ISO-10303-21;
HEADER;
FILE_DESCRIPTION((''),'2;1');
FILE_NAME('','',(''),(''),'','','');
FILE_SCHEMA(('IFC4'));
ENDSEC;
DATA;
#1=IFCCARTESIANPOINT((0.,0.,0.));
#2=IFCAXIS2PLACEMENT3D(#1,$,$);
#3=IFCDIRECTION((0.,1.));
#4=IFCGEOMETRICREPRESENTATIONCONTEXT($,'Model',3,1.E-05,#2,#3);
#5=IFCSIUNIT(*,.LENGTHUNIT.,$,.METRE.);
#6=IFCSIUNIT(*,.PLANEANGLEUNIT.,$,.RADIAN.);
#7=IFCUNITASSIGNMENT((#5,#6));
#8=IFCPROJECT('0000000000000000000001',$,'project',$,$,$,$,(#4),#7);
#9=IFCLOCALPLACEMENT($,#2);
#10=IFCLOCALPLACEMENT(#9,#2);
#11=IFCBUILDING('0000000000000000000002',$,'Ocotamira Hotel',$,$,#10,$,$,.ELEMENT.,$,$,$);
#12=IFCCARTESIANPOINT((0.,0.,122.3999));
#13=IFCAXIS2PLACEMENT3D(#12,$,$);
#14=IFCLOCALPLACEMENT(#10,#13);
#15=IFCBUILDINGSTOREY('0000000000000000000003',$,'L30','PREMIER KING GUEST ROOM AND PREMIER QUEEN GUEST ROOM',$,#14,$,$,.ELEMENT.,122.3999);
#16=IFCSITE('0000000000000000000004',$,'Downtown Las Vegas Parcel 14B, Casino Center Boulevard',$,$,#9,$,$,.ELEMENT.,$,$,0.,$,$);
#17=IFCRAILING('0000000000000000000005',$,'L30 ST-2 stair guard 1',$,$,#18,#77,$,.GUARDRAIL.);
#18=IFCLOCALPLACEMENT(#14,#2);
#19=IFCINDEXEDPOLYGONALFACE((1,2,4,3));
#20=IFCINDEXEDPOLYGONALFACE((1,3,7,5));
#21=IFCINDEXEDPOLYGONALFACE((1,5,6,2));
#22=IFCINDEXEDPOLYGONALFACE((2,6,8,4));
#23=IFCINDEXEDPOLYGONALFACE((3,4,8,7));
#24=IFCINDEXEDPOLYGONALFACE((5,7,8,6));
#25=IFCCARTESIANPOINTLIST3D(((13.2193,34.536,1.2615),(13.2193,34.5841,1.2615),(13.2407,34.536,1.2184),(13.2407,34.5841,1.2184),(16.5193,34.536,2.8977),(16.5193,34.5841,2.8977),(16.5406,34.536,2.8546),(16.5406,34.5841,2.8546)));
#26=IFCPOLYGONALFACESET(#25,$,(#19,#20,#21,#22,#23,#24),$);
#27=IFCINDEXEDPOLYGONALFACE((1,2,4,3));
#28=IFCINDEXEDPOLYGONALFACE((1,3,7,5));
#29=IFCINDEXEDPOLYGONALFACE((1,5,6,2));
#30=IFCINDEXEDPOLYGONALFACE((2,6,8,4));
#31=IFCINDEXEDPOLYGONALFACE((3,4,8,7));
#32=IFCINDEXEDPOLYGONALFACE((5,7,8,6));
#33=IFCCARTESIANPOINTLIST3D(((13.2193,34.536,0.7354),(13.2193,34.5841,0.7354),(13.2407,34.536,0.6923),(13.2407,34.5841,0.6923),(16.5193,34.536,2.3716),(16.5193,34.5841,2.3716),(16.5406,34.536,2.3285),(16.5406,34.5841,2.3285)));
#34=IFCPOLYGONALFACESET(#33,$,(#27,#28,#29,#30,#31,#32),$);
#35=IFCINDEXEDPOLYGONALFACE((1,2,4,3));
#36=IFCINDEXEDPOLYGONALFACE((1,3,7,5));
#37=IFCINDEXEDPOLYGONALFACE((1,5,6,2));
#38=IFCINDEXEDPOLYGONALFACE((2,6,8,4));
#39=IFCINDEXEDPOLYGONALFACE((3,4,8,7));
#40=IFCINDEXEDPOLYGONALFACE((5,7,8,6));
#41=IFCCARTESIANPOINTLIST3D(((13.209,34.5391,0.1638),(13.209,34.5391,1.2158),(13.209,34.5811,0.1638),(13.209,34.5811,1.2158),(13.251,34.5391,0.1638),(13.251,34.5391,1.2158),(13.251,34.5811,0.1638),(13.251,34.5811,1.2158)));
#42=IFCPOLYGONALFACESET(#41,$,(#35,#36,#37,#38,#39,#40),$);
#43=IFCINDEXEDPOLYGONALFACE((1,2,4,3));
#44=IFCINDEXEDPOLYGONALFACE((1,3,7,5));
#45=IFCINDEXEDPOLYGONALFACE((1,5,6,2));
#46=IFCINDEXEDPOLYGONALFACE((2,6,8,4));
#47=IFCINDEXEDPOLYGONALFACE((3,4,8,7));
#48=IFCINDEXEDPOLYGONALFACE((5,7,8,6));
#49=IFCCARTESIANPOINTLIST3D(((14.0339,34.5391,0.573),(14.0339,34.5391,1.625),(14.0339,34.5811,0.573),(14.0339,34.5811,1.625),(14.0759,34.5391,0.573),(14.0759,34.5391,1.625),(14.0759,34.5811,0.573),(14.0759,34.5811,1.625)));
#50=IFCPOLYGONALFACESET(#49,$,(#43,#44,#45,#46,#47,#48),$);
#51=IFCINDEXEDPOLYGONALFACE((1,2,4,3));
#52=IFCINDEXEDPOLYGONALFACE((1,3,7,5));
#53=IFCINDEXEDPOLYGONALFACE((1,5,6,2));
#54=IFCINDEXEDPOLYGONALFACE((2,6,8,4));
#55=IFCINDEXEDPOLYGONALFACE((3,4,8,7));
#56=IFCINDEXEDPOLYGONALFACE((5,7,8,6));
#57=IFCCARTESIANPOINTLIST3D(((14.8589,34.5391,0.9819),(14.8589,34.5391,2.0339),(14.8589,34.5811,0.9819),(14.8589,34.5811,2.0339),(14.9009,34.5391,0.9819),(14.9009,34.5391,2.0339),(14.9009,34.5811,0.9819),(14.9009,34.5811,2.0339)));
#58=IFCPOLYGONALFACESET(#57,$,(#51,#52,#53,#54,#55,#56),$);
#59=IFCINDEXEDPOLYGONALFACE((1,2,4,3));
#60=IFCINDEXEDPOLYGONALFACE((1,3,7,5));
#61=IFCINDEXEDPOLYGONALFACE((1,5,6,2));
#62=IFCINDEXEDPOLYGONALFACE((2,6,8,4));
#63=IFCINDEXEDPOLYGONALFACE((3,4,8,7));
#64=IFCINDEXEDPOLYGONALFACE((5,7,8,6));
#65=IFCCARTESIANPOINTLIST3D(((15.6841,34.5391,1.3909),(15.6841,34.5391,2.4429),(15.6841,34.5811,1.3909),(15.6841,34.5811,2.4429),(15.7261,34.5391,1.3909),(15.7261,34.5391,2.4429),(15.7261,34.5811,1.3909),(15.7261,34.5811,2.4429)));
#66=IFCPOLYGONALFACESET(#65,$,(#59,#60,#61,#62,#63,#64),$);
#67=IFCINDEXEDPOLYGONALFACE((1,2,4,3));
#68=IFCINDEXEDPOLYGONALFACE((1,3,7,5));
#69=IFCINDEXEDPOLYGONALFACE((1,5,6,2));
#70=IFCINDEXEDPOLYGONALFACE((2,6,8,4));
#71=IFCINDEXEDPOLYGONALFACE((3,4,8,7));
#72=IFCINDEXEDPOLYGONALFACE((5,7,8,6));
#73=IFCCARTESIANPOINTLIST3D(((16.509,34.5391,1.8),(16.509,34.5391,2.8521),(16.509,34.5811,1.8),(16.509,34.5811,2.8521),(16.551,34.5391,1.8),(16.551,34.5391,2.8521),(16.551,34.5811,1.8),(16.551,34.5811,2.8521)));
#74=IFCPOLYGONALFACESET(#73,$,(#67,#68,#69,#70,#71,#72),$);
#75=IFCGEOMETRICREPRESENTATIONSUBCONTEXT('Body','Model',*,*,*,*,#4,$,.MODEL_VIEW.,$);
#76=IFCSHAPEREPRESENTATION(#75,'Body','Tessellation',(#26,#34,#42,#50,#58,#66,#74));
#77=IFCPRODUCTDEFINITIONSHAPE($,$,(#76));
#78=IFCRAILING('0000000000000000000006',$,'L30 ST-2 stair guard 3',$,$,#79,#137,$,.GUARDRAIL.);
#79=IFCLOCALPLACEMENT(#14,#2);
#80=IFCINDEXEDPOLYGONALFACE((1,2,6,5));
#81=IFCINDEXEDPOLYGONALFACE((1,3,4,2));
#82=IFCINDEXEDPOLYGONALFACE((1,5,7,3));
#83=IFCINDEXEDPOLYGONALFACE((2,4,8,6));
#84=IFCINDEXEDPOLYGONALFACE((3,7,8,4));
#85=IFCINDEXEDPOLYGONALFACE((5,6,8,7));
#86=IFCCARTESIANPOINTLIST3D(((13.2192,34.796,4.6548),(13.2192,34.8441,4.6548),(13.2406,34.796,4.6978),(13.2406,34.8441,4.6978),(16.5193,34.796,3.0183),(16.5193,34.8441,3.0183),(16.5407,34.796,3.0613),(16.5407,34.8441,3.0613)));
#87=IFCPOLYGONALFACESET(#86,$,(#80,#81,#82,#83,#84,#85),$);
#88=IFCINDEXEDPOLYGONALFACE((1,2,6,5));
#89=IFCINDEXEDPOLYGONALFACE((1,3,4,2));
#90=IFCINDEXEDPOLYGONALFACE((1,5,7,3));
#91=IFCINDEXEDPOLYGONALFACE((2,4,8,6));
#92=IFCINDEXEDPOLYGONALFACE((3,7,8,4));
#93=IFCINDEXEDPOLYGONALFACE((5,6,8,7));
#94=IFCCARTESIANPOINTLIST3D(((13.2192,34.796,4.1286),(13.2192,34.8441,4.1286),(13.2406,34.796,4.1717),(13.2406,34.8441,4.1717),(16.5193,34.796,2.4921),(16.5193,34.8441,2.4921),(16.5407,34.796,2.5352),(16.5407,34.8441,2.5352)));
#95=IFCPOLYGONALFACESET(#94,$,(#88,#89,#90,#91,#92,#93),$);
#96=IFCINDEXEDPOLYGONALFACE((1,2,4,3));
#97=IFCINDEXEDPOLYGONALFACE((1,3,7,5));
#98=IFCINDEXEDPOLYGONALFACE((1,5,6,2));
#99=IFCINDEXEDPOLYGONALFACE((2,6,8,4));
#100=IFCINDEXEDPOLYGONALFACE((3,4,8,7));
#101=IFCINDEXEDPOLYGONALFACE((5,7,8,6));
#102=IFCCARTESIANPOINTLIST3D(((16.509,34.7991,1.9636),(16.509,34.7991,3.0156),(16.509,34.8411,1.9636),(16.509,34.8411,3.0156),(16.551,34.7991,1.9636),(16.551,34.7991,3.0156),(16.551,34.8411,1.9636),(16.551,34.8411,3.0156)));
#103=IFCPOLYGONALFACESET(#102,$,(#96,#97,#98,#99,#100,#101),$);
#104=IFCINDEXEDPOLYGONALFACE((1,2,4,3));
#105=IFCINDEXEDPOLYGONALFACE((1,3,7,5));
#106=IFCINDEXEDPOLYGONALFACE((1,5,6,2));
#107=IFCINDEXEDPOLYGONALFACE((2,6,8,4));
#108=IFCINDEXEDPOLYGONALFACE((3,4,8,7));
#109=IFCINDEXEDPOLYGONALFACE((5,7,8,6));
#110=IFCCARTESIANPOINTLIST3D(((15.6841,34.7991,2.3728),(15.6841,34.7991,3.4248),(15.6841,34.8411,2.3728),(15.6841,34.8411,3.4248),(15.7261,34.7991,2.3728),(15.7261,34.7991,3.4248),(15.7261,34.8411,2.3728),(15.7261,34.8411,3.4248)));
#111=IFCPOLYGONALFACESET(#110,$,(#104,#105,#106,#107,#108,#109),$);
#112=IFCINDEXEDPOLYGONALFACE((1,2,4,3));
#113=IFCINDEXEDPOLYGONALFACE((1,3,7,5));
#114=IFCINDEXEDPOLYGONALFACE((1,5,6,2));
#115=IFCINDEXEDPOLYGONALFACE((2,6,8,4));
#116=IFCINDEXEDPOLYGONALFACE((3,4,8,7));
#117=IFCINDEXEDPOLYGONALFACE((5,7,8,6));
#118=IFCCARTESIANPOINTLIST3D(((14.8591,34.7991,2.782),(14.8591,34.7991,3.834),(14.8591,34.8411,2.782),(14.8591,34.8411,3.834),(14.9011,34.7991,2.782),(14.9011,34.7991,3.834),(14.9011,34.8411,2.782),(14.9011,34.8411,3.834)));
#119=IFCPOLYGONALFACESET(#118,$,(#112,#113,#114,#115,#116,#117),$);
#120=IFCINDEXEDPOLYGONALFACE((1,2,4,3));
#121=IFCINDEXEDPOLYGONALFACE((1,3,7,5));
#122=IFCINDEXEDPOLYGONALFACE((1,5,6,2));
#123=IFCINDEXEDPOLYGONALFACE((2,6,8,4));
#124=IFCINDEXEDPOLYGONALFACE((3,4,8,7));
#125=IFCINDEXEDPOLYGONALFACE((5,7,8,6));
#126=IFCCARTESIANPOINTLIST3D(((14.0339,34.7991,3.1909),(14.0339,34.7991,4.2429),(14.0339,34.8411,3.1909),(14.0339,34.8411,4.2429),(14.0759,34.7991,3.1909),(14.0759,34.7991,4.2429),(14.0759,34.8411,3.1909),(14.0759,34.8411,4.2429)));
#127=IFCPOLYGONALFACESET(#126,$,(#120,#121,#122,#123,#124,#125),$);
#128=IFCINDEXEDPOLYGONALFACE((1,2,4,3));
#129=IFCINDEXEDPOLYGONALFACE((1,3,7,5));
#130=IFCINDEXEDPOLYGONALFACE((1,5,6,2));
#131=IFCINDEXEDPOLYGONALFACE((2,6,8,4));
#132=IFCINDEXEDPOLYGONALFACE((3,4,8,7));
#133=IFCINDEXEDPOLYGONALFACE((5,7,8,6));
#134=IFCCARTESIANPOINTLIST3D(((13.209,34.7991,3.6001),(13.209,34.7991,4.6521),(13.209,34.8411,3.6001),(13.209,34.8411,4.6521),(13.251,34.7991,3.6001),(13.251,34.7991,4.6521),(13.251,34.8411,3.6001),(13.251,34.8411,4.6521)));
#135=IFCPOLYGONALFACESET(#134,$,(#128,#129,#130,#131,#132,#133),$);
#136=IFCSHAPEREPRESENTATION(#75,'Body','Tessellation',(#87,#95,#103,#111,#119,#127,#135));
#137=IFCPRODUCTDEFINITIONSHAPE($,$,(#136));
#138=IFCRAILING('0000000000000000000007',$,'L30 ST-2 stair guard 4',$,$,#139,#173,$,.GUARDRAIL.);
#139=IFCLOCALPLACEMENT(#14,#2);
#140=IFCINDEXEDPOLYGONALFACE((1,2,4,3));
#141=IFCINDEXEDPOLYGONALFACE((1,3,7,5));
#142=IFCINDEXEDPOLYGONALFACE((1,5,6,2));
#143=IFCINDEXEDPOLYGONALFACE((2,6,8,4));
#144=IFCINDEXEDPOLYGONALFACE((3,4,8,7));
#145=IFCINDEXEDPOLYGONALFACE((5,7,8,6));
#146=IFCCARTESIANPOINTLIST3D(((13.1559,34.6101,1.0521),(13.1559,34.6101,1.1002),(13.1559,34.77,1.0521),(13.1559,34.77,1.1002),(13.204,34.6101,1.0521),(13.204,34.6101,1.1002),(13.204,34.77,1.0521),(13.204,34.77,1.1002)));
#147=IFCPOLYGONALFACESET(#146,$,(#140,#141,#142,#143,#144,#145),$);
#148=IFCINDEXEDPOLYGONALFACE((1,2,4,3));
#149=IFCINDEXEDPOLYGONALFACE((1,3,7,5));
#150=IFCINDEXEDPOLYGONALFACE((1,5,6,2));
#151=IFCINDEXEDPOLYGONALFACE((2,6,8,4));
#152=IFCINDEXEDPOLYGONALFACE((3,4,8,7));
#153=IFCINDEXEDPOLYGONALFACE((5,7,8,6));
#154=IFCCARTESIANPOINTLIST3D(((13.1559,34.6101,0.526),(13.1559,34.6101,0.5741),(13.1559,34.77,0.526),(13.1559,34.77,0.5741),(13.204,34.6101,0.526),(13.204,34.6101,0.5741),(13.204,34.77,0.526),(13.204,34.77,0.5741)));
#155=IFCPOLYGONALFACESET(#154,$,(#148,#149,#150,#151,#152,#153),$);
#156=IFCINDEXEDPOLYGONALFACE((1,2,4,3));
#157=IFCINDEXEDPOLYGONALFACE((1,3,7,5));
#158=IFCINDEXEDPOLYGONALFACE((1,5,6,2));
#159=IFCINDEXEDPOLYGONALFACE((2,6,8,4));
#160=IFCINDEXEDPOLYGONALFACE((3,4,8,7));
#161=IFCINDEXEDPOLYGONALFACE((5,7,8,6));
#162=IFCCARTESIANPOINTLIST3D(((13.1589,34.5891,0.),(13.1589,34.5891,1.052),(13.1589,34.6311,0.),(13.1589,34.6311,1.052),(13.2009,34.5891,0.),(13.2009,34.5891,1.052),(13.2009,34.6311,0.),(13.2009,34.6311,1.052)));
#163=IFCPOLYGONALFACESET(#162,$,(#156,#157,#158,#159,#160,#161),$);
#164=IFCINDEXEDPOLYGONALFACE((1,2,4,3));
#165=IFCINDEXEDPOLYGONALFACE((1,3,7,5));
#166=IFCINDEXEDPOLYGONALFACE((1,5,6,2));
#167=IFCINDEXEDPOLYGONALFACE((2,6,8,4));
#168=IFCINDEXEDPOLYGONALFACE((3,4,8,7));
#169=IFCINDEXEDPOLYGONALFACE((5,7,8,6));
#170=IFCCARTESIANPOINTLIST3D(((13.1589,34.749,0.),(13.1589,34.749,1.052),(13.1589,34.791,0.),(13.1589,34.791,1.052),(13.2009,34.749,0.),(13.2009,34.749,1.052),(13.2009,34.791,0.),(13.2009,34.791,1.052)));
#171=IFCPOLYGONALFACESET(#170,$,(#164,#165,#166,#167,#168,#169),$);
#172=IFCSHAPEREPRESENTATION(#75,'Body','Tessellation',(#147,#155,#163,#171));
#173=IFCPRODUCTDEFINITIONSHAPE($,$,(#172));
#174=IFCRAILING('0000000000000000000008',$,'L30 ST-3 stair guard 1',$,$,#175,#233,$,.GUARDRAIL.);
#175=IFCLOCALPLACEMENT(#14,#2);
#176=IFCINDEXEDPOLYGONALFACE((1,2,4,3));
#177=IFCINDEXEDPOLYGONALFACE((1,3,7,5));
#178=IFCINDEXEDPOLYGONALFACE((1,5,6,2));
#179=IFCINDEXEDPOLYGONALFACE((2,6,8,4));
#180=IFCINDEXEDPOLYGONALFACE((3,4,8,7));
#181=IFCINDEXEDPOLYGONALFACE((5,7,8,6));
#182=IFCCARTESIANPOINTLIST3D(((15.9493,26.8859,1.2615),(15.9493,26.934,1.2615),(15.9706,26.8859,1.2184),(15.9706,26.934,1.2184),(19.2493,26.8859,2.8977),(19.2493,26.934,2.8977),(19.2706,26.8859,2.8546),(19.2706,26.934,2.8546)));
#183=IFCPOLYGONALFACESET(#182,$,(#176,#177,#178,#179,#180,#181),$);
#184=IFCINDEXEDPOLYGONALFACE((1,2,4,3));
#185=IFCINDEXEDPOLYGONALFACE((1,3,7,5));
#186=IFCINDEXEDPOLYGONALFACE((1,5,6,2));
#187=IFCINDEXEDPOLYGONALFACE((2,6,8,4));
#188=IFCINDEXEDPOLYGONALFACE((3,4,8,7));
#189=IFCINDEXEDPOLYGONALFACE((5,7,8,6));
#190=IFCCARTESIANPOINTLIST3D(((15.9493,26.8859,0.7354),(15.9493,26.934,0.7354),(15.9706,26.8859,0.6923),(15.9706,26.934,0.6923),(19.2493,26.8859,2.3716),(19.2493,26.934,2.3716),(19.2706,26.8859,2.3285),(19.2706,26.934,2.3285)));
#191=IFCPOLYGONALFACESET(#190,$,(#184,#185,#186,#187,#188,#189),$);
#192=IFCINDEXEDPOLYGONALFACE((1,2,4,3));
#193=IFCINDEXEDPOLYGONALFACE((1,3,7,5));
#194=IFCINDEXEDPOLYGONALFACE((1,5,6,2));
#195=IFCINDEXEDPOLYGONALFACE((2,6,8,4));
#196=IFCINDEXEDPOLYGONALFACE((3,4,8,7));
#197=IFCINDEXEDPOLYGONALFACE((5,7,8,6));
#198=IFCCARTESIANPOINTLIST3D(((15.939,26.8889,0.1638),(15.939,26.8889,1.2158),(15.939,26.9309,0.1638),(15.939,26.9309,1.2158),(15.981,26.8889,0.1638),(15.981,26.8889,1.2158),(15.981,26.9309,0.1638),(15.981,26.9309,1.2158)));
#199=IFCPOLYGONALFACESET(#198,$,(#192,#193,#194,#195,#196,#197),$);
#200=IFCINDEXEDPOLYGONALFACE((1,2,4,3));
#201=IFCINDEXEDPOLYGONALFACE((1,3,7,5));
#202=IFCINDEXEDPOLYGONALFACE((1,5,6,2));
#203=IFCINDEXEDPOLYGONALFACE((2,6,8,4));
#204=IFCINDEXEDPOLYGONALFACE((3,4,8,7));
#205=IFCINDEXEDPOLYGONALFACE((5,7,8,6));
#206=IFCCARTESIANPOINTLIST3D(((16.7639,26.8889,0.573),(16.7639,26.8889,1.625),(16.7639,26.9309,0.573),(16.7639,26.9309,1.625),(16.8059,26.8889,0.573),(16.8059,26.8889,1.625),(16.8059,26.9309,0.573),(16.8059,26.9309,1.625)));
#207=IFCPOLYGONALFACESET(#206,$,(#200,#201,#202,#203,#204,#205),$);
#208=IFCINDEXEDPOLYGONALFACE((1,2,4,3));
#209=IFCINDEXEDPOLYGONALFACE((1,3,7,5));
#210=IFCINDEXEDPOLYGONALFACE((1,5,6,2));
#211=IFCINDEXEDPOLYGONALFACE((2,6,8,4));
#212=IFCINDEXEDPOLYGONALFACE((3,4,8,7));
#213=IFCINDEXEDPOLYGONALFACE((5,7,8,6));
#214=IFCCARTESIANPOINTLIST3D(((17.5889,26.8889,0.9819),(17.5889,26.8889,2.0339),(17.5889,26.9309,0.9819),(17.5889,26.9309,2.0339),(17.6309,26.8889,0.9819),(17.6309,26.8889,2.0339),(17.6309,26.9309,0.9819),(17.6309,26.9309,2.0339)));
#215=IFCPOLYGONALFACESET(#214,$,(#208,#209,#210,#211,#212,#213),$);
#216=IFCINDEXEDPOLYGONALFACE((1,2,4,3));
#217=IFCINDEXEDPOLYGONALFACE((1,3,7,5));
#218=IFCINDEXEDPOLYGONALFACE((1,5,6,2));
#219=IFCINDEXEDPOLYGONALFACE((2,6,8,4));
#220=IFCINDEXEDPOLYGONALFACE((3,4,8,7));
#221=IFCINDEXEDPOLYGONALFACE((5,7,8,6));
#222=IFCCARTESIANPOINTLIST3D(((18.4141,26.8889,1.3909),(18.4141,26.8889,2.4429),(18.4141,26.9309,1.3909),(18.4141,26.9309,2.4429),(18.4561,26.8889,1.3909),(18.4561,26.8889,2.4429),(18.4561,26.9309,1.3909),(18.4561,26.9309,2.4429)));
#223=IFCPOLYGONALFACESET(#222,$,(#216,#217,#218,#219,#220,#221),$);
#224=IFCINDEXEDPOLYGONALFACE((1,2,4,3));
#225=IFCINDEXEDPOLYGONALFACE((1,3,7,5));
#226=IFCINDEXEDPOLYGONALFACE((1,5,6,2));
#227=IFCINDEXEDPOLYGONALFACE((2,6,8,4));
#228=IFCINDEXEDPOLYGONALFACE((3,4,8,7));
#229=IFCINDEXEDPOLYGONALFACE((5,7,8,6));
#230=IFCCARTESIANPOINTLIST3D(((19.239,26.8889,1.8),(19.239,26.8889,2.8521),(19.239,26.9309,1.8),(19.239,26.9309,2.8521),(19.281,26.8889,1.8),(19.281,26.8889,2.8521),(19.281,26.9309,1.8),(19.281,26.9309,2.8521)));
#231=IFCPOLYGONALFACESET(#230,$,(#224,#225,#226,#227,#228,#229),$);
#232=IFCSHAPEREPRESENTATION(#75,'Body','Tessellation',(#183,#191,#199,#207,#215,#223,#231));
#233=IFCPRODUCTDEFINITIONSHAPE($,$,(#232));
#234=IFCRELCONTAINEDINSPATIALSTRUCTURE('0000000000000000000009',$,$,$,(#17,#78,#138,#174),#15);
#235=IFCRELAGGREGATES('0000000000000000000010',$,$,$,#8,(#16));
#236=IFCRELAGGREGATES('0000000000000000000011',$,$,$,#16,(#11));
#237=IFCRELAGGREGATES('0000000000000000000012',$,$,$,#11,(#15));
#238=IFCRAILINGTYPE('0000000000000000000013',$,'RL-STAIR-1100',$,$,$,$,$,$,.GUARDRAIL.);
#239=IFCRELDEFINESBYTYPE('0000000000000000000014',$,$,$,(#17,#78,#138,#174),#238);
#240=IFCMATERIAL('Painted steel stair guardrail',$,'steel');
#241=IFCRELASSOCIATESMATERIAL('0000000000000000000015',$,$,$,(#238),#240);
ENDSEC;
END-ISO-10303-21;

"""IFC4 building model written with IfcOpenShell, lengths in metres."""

from ifc_helpers import new_model, si_unit, direction, frame, origin, origin_2d, place, context, subcontext, project, spatial, rectangle, extrude, material, type_object, element, save


model = new_model("IFC4")

# Units and contexts
model_context = context("Model", 3, precision=1e-05, world=origin(), true_north=direction((0.0, 1.0)))
body_context = subcontext(model_context, "Body", "Model", "MODEL_VIEW")
ifc_project = project(units=[si_unit("LENGTHUNIT", "METRE"), si_unit("PLANEANGLEUNIT", "RADIAN")], contexts=[model_context])

# Site, building, storey
site_placement = place(None, origin())
site = spatial("IfcSite", under=ifc_project, at=site_placement, Name="Downtown Las Vegas Parcel 14B, Casino Center Boulevard", CompositionType="ELEMENT", RefElevation=0.0)
building_placement = place(site_placement, origin())
building = spatial("IfcBuilding", under=site, at=building_placement, Name="Ocotamira Hotel", CompositionType="ELEMENT")
storey_placement = place(building_placement, frame((0.0, 0.0, 122.3999)))
storey = spatial("IfcBuildingStorey", under=building, at=storey_placement, Name="L30", Description="PREMIER KING GUEST ROOM AND PREMIER QUEEN GUEST ROOM", CompositionType="ELEMENT", Elevation=122.3999)

# Railings
ifc_material_1 = material(Name="Painted steel stair guardrail", Category="steel")
railing_type_1 = type_object("IfcRailingType", Name="RL-STAIR-1100", PredefinedType="GUARDRAIL", material=ifc_material_1)
railing_1_placement = place(storey_placement, frame((13.23, 34.5601, 0.1638)))
element("IfcRailing", 1, at=railing_1_placement, inside=storey, type_object=railing_type_1, Name="L30 ST-2 stair guard 1", PredefinedType="GUARDRAIL", context=body_context, shape_type="SweptSolid", body=[
    extrude(rectangle(XDim=0.0481, YDim=0.0481, at=origin_2d()), frame((0.0, 0.0, 1.0762), z_axis=(0.89592, 0.0, 0.444215), x_axis=(0.0, 1.0, 0.0)), (0.0, 0.0, 1.0), 3.6833),
    extrude(rectangle(XDim=0.0481, YDim=0.0481, at=origin_2d()), frame((0.0, 0.0, 0.55), z_axis=(0.89592, 0.0, 0.444215), x_axis=(0.0, 1.0, 0.0)), (0.0, 0.0, 1.0), 3.6833),
    extrude(rectangle(XDim=0.042, YDim=0.042, at=origin_2d()), origin(), (0.0, 0.0, 1.0), 1.052),
    extrude(rectangle(XDim=0.042, YDim=0.042, at=origin_2d()), frame((0.825, 0.0, 0.4092)), (0.0, 0.0, 1.0), 1.052),
    extrude(rectangle(XDim=0.042, YDim=0.042, at=origin_2d()), frame((1.6499, 0.0, 0.8181)), (0.0, 0.0, 1.0), 1.052),
    extrude(rectangle(XDim=0.042, YDim=0.042, at=origin_2d()), frame((2.4751, 0.0, 1.2271)), (0.0, 0.0, 1.0), 1.052),
    extrude(rectangle(XDim=0.042, YDim=0.042, at=origin_2d()), frame((3.3, 0.0, 1.6362)), (0.0, 0.0, 1.0), 1.052),
])
railing_2_placement = place(storey_placement, frame((16.53, 34.8201, 1.9636)))
element("IfcRailing", 2, at=railing_2_placement, inside=storey, type_object=railing_type_1, Name="L30 ST-2 stair guard 3", PredefinedType="GUARDRAIL", context=body_context, shape_type="SweptSolid", body=[
    extrude(rectangle(XDim=0.0481, YDim=0.0481, at=origin_2d()), frame((0.0, 0.0, 1.0762), z_axis=(-0.895894, 0.0, 0.444268), x_axis=(0.0, -1.0, 0.0)), (0.0, 0.0, 1.0), 3.6836),
    extrude(rectangle(XDim=0.0481, YDim=0.0481, at=origin_2d()), frame((0.0, 0.0, 0.55), z_axis=(-0.895894, 0.0, 0.444268), x_axis=(0.0, -1.0, 0.0)), (0.0, 0.0, 1.0), 3.6836),
    extrude(rectangle(XDim=0.042, YDim=0.042, at=origin_2d()), origin(), (0.0, 0.0, 1.0), 1.052),
    extrude(rectangle(XDim=0.042, YDim=0.042, at=origin_2d()), frame((-0.825, 0.0, 0.4092)), (0.0, 0.0, 1.0), 1.052),
    extrude(rectangle(XDim=0.042, YDim=0.042, at=origin_2d()), frame((-1.6499, 0.0, 0.8184)), (0.0, 0.0, 1.0), 1.052),
    extrude(rectangle(XDim=0.042, YDim=0.042, at=origin_2d()), frame((-2.4751, 0.0, 1.2273)), (0.0, 0.0, 1.0), 1.052),
    extrude(rectangle(XDim=0.042, YDim=0.042, at=origin_2d()), frame((-3.3, 0.0, 1.6365)), (0.0, 0.0, 1.0), 1.052),
])
railing_3_placement = place(storey_placement, frame((13.1799, 34.6101, 0.0)))
element("IfcRailing", 3, at=railing_3_placement, inside=storey, type_object=railing_type_1, Name="L30 ST-2 stair guard 4", PredefinedType="GUARDRAIL", context=body_context, shape_type="SweptSolid", body=[
    extrude(rectangle(XDim=0.0481, YDim=0.0481, at=origin_2d()), frame((0.0, 0.0, 1.0762), z_axis=(0.0, 1.0, 0.0), x_axis=(-1.0, 0.0, 0.0)), (0.0, 0.0, 1.0), 0.1599),
    extrude(rectangle(XDim=0.0481, YDim=0.0481, at=origin_2d()), frame((0.0, 0.0, 0.55), z_axis=(0.0, 1.0, 0.0), x_axis=(-1.0, 0.0, 0.0)), (0.0, 0.0, 1.0), 0.1599),
    extrude(rectangle(XDim=0.042, YDim=0.042, at=origin_2d()), origin(), (0.0, 0.0, 1.0), 1.052),
    extrude(rectangle(XDim=0.042, YDim=0.042, at=origin_2d()), frame((0.0, 0.1599, 0.0)), (0.0, 0.0, 1.0), 1.052),
])
railing_4_placement = place(storey_placement, frame((15.96, 26.9099, 0.1638)))
element("IfcRailing", 4, at=railing_4_placement, inside=storey, type_object=railing_type_1, Name="L30 ST-3 stair guard 1", PredefinedType="GUARDRAIL", context=body_context, shape_type="SweptSolid", body=[
    extrude(rectangle(XDim=0.0481, YDim=0.0481, at=origin_2d()), frame((0.0, 0.0, 1.0762), z_axis=(0.89592, 0.0, 0.444215), x_axis=(0.0, 1.0, 0.0)), (0.0, 0.0, 1.0), 3.6833),
    extrude(rectangle(XDim=0.0481, YDim=0.0481, at=origin_2d()), frame((0.0, 0.0, 0.55), z_axis=(0.89592, 0.0, 0.444215), x_axis=(0.0, 1.0, 0.0)), (0.0, 0.0, 1.0), 3.6833),
    extrude(rectangle(XDim=0.042, YDim=0.042, at=origin_2d()), origin(), (0.0, 0.0, 1.0), 1.052),
    extrude(rectangle(XDim=0.042, YDim=0.042, at=origin_2d()), frame((0.825, 0.0, 0.4092)), (0.0, 0.0, 1.0), 1.052),
    extrude(rectangle(XDim=0.042, YDim=0.042, at=origin_2d()), frame((1.6499, 0.0, 0.8181)), (0.0, 0.0, 1.0), 1.052),
    extrude(rectangle(XDim=0.042, YDim=0.042, at=origin_2d()), frame((2.4751, 0.0, 1.2271)), (0.0, 0.0, 1.0), 1.052),
    extrude(rectangle(XDim=0.042, YDim=0.042, at=origin_2d()), frame((3.3, 0.0, 1.6362)), (0.0, 0.0, 1.0), 1.052),
])

save(model, "model.ifc")
